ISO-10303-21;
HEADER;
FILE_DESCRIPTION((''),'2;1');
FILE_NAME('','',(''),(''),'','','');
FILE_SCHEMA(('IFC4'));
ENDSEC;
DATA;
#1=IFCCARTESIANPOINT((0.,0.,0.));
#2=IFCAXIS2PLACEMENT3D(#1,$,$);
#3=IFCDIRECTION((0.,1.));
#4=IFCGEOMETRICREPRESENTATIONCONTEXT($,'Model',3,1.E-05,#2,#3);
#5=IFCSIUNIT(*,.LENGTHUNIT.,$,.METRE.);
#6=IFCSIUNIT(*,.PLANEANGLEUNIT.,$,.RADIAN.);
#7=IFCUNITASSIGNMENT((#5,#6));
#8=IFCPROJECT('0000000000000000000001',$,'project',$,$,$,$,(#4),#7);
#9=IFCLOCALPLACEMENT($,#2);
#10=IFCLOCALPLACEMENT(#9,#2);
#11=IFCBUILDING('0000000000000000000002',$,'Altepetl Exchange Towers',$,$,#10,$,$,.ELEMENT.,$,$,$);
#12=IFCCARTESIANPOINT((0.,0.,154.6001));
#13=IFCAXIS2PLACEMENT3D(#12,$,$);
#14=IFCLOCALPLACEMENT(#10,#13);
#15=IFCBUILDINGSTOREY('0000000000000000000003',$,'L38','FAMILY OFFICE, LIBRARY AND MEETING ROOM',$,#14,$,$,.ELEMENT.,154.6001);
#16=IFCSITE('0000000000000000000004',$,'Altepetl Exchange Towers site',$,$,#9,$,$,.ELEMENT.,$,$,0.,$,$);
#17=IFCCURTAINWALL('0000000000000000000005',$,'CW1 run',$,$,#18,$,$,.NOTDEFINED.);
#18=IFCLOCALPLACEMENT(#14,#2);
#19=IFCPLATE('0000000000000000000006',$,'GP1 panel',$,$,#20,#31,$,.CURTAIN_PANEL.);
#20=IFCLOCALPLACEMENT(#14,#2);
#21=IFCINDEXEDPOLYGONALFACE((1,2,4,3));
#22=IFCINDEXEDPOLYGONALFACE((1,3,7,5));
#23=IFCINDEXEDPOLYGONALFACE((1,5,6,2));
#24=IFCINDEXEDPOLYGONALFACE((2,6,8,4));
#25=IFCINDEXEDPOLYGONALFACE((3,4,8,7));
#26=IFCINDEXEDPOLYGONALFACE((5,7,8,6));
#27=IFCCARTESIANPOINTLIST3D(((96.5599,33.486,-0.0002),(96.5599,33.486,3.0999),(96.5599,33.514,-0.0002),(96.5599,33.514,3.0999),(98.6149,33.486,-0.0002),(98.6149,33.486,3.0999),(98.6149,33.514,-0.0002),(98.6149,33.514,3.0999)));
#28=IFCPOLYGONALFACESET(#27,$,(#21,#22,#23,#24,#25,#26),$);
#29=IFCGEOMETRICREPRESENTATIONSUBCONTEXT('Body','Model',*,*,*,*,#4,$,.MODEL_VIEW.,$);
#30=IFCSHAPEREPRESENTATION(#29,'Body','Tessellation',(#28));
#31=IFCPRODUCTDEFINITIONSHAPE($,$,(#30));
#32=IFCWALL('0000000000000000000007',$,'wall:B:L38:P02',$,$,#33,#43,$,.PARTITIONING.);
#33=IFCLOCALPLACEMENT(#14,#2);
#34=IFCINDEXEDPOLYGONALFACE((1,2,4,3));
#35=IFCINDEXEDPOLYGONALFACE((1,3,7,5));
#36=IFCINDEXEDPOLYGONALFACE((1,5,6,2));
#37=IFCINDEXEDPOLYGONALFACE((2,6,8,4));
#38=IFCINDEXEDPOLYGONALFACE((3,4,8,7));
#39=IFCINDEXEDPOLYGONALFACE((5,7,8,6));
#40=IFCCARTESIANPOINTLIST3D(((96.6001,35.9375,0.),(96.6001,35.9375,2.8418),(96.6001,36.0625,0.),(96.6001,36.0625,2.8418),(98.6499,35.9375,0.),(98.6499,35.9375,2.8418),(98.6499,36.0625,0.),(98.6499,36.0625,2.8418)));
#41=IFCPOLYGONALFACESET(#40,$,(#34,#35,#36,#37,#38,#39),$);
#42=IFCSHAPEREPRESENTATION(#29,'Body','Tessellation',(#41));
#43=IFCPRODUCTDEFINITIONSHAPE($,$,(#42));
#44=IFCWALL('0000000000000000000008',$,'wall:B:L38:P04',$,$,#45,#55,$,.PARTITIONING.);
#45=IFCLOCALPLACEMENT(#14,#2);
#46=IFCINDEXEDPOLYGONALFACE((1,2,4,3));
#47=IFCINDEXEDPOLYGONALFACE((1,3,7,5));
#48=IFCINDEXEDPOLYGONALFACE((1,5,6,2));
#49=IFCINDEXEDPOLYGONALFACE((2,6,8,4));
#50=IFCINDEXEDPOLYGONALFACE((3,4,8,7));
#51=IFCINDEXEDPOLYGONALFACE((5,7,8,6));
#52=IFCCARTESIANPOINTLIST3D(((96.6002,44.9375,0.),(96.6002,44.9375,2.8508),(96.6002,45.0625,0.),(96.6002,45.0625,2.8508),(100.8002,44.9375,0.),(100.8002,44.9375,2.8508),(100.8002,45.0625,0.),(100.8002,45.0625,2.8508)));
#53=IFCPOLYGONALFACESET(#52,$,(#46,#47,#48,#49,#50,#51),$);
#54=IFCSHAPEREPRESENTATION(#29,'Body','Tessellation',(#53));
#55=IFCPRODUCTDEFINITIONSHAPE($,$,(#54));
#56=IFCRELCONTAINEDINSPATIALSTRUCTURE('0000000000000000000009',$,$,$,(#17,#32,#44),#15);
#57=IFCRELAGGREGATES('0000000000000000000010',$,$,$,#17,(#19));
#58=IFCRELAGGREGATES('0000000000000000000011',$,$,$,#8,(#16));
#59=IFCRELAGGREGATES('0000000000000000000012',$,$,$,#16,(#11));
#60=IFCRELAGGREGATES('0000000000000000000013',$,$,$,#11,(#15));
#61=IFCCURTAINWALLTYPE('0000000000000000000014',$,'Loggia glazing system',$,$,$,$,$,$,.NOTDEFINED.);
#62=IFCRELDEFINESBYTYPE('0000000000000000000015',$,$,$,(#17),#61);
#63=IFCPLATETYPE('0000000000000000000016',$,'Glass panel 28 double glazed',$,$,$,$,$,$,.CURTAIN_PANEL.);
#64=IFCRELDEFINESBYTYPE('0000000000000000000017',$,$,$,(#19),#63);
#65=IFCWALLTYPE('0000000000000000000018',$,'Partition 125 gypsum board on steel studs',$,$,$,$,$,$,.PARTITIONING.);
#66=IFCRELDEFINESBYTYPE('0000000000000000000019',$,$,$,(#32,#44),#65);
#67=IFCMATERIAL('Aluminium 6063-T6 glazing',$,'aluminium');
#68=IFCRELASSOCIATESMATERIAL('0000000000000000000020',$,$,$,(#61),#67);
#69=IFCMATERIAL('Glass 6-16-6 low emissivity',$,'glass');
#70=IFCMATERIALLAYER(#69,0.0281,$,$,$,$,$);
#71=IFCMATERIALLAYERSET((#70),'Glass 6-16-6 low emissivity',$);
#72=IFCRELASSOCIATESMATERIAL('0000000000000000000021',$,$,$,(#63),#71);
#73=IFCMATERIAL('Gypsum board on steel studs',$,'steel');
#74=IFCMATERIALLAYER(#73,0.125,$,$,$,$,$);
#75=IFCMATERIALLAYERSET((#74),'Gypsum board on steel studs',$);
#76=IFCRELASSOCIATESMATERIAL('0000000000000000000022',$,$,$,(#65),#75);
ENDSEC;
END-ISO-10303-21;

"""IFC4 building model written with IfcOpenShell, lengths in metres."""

from ifc_helpers import new_model, si_unit, direction, frame, frame_2d, origin, origin_2d, place, context, subcontext, project, spatial, rectangle, extrude, material, layer, layer_set, type_object, element, aggregate, save


model = new_model("IFC4")

# Units and contexts
model_context = context("Model", 3, precision=1e-05, world=origin(), true_north=direction((0.0, 1.0)))
body_context = subcontext(model_context, "Body", "Model", "MODEL_VIEW")
ifc_project = project(units=[si_unit("LENGTHUNIT", "METRE"), si_unit("PLANEANGLEUNIT", "RADIAN")], contexts=[model_context])

# Site, building, storey
site_placement = place(None, origin())
site = spatial("IfcSite", under=ifc_project, at=site_placement, Name="Altepetl Exchange Towers site", CompositionType="ELEMENT", RefElevation=0.0)
building_placement = place(site_placement, origin())
building = spatial("IfcBuilding", under=site, at=building_placement, Name="Altepetl Exchange Towers", CompositionType="ELEMENT")
storey_placement = place(building_placement, frame((0.0, 0.0, 154.6001)))
storey = spatial("IfcBuildingStorey", under=building, at=storey_placement, Name="L38", Description="FAMILY OFFICE, LIBRARY AND MEETING ROOM", CompositionType="ELEMENT", Elevation=154.6001)

# Curtain wall
ifc_material_1 = material(Name="Aluminium 6063-T6 glazing", Category="aluminium")
curtain_wall_type = type_object("IfcCurtainWallType", Name="Loggia glazing system", PredefinedType="NOTDEFINED", material=ifc_material_1)
curtain_wall_1_placement = place(storey_placement, origin())
curtain_wall_1 = element("IfcCurtainWall", 1, at=curtain_wall_1_placement, inside=storey, type_object=curtain_wall_type, Name="CW1 run", PredefinedType="NOTDEFINED")

# Plate
ifc_material_2 = material(Name="Glass 6-16-6 low emissivity", Category="glass")
ifc_layer_1 = layer(ifc_material_2, 0.0281)
ifc_layer_set_1 = layer_set([ifc_layer_1], Name="Glass 6-16-6 low emissivity")
plate_type = type_object("IfcPlateType", Name="Glass panel 28 double glazed", PredefinedType="CURTAIN_PANEL", material=ifc_layer_set_1)
plate_1_placement = place(storey_placement, frame((97.5874, 33.5, -0.0002)))
plate_1 = element("IfcPlate", 2, at=plate_1_placement, type_object=plate_type, Name="GP1 panel", PredefinedType="CURTAIN_PANEL", context=body_context, shape_type="SweptSolid", body=[
    extrude(rectangle(XDim=2.0549, YDim=0.0281, at=origin_2d()), origin(), (0.0, 0.0, 1.0), 3.1001),
])
aggregate(curtain_wall_1, [plate_1])

# Walls
ifc_material_3 = material(Name="Gypsum board on steel studs", Category="steel")
ifc_layer_2 = layer(ifc_material_3, 0.125)
ifc_layer_set_2 = layer_set([ifc_layer_2], Name="Gypsum board on steel studs")
wall_type = type_object("IfcWallType", Name="Partition 125 gypsum board on steel studs", PredefinedType="PARTITIONING", material=ifc_layer_set_2)
wall_1_placement = place(storey_placement, frame((96.6001, 36.0, 0.0)))
element("IfcWall", 3, at=wall_1_placement, inside=storey, type_object=wall_type, Name="wall:B:L38:P02", PredefinedType="PARTITIONING", context=body_context, shape_type="SweptSolid", body=[
    extrude(rectangle(XDim=2.0498, YDim=0.125, at=frame_2d((1.0249, 0.0))), origin(), (0.0, 0.0, 1.0), 2.8418),
])
wall_2_placement = place(storey_placement, frame((96.6001, 45.0, 0.0)))
element("IfcWall", 4, at=wall_2_placement, inside=storey, type_object=wall_type, Name="wall:B:L38:P04", PredefinedType="PARTITIONING", context=body_context, shape_type="SweptSolid", body=[
    extrude(rectangle(XDim=4.2, YDim=0.125, at=frame_2d((2.1001, 0.0))), origin(), (0.0, 0.0, 1.0), 2.8508),
])

save(model, "model.ifc")
